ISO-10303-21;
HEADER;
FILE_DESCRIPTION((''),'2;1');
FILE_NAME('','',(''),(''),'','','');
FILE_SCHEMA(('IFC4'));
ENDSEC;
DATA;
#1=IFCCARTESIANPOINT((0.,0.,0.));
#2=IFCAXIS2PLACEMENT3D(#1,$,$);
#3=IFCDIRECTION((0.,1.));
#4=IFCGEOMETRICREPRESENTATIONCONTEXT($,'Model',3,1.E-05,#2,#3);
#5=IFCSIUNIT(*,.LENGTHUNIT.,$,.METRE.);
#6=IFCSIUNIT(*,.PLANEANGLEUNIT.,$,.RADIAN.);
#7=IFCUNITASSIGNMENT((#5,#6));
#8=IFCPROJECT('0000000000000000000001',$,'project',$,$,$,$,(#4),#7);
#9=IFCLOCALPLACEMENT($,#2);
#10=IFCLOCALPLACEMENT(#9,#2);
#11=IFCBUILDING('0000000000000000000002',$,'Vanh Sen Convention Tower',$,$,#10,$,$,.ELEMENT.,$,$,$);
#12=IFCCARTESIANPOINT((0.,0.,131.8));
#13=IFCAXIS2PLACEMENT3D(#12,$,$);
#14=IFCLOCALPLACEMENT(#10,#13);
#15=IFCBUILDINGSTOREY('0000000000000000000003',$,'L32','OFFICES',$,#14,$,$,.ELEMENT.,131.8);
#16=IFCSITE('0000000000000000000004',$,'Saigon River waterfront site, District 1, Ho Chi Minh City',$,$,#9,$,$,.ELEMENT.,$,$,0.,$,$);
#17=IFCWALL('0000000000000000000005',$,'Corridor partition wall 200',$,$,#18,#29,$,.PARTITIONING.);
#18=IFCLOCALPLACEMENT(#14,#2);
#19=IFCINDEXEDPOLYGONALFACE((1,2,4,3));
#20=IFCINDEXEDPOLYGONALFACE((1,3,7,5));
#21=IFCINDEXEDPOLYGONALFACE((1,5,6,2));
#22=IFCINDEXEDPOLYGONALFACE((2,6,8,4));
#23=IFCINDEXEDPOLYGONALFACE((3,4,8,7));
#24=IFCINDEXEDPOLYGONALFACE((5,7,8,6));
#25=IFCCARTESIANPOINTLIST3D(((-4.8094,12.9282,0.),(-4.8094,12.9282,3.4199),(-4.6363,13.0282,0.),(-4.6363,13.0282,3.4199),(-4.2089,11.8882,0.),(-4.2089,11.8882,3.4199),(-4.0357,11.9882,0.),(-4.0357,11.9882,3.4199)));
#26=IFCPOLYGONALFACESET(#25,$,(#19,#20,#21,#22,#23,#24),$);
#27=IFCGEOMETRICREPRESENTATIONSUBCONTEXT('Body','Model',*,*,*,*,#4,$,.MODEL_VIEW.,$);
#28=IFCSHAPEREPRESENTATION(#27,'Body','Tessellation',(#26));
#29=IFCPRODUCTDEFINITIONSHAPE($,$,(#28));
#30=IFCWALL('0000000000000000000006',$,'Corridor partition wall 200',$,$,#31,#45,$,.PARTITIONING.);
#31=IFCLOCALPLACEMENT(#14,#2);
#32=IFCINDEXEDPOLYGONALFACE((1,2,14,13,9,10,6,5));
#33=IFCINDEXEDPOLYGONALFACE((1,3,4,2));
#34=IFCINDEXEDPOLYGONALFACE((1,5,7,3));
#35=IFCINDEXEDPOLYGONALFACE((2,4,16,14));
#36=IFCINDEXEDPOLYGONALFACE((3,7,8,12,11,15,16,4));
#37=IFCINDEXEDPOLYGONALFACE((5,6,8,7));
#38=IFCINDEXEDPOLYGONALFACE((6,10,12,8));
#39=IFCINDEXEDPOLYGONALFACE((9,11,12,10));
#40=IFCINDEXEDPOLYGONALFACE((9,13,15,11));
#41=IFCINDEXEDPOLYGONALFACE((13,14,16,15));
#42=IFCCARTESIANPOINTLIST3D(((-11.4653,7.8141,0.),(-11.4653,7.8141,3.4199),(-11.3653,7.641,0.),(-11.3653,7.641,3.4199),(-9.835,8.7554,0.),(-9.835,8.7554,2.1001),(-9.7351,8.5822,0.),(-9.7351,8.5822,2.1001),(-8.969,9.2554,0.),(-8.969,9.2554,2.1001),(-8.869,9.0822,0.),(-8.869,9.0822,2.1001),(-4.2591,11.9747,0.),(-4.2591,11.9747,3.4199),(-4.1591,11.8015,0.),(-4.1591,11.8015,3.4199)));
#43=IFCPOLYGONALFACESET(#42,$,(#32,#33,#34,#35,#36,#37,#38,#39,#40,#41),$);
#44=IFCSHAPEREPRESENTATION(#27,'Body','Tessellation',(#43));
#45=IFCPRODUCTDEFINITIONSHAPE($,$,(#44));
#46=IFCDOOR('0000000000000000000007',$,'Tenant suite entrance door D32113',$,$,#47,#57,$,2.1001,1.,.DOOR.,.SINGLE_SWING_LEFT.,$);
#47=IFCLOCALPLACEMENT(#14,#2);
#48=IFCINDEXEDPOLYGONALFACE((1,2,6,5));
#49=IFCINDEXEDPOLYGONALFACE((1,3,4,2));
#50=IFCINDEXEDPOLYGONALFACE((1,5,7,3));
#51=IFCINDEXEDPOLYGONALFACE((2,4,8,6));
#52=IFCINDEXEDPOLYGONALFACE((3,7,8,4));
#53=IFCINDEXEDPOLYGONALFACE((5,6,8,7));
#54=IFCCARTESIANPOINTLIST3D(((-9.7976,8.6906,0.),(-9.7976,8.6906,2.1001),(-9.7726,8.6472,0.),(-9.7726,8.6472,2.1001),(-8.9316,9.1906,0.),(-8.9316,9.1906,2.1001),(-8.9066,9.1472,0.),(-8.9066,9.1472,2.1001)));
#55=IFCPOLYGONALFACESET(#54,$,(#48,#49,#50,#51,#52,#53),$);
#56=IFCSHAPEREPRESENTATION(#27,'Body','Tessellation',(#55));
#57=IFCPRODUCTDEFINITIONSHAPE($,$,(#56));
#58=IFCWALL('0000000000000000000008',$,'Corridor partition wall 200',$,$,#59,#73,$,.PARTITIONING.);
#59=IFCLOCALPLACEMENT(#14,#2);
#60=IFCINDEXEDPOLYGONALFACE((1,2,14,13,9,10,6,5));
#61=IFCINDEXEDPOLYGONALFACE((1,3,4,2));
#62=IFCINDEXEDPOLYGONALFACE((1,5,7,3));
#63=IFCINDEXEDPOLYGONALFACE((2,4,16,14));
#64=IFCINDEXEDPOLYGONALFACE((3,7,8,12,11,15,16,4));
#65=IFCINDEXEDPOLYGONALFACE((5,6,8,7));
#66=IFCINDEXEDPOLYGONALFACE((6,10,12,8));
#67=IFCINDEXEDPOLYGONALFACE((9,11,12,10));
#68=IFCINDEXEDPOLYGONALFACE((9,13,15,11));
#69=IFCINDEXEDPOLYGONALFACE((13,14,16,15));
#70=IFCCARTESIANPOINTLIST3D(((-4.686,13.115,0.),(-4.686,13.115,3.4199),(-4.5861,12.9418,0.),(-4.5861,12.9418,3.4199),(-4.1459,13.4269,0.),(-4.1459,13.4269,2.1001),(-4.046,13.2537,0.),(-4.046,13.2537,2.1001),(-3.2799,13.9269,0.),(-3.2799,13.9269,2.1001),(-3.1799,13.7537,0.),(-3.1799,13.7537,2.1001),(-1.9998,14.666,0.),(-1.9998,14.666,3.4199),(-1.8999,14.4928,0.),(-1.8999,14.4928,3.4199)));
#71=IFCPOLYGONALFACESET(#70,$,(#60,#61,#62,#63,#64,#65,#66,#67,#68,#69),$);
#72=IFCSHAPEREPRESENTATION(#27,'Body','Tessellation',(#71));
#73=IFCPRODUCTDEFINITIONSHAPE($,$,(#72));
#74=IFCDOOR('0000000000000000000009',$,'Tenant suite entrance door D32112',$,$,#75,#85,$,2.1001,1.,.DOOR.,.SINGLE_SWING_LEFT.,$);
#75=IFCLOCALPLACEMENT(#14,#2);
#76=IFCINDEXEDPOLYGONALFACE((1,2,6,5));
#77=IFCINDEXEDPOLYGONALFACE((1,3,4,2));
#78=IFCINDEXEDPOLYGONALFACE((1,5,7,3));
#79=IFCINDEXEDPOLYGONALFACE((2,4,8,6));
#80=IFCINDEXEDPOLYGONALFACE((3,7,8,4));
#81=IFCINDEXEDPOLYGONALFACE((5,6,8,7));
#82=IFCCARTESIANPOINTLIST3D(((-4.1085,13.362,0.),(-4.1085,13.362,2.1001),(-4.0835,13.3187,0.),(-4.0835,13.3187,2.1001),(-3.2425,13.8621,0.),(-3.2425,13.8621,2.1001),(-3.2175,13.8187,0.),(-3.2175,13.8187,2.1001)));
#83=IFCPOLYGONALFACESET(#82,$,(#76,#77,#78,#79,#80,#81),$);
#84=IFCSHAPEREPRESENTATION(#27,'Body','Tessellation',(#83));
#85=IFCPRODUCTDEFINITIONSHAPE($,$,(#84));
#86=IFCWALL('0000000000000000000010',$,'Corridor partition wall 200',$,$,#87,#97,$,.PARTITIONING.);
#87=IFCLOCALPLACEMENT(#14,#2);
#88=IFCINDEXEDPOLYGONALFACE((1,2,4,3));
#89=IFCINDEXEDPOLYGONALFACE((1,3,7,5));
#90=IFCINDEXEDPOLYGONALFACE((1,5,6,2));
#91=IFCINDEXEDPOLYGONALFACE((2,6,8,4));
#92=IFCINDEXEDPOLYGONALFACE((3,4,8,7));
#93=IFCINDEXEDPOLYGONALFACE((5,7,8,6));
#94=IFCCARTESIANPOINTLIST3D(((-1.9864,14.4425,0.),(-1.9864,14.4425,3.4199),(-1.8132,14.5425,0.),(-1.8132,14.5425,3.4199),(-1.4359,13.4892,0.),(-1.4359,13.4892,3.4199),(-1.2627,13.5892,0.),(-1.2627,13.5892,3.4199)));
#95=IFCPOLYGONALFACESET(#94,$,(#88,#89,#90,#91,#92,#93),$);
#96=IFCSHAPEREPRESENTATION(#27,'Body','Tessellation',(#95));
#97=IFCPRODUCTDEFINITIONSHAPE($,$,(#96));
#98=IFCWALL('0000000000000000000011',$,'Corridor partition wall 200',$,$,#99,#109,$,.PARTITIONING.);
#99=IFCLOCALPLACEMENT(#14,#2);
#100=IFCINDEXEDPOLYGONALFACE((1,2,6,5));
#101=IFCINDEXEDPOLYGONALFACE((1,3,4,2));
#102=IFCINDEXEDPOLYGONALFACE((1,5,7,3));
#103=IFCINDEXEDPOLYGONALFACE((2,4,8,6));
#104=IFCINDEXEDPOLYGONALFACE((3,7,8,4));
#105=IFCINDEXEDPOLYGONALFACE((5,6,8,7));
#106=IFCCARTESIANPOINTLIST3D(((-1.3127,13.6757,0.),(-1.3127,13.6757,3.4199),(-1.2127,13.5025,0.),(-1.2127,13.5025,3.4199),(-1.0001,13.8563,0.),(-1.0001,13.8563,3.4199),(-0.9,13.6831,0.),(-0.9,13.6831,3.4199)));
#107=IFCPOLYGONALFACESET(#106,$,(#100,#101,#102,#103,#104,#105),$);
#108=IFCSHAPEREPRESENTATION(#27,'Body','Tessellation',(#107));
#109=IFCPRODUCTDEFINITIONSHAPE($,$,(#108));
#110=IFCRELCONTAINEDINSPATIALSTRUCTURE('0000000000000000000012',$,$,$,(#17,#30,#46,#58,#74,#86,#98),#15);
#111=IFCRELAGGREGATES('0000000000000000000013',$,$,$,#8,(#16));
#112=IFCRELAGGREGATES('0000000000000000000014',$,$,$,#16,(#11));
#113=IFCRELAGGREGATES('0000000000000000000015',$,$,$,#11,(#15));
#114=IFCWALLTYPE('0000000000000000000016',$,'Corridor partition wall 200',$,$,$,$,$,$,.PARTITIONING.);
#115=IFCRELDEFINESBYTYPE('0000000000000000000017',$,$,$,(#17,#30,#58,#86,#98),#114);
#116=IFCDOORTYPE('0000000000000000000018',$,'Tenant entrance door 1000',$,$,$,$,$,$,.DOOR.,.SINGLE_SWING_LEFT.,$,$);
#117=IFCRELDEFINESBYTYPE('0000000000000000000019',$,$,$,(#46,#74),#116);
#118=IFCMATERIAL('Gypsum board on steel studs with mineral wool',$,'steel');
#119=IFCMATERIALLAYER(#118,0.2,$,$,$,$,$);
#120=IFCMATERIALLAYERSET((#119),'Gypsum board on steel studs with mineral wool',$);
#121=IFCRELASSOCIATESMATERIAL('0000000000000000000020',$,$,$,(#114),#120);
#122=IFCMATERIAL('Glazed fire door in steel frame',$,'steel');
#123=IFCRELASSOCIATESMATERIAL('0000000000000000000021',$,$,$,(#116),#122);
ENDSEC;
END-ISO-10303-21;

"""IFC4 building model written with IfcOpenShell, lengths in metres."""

from ifc_helpers import new_model, si_unit, direction, frame, frame_2d, origin, place, context, subcontext, project, spatial, rectangle, extrude, material, layer, layer_set, type_object, element, fill, save


model = new_model("IFC4")

# Units and contexts
model_context = context("Model", 3, precision=1e-05, world=origin(), true_north=direction((0.0, 1.0)))
body_context = subcontext(model_context, "Body", "Model", "MODEL_VIEW")
ifc_project = project(units=[si_unit("LENGTHUNIT", "METRE"), si_unit("PLANEANGLEUNIT", "RADIAN")], contexts=[model_context])

# Site, building, storey
site_placement = place(None, origin())
site = spatial("IfcSite", under=ifc_project, at=site_placement, Name="Saigon River waterfront site, District 1, Ho Chi Minh City", CompositionType="ELEMENT", RefElevation=0.0)
building_placement = place(site_placement, origin())
building = spatial("IfcBuilding", under=site, at=building_placement, Name="Vanh Sen Convention Tower", CompositionType="ELEMENT")
storey_placement = place(building_placement, frame((0.0, 0.0, 131.8)))
storey = spatial("IfcBuildingStorey", under=building, at=storey_placement, Name="L32", Description="OFFICES", CompositionType="ELEMENT", Elevation=131.8)

# Wall
ifc_material_1 = material(Name="Gypsum board on steel studs with mineral wool", Category="steel")
ifc_layer_1 = layer(ifc_material_1, 0.2)
ifc_layer_set_1 = layer_set([ifc_layer_1], Name="Gypsum board on steel studs with mineral wool")
wall_type_1 = type_object("IfcWallType", Name="Corridor partition wall 200", PredefinedType="PARTITIONING", material=ifc_layer_set_1)
wall_1_placement = place(storey_placement, frame((-4.7229, 12.9783, 0.0), z_axis=(0.0, 0.0, 1.0), x_axis=(0.500074, -0.865982, 0.0)))
element("IfcWall", 1, at=wall_1_placement, inside=storey, type_object=wall_type_1, Name="Corridor partition wall 200", PredefinedType="PARTITIONING", context=body_context, shape_type="SweptSolid", body=[
    extrude(rectangle(XDim=1.2009, YDim=0.2, at=frame_2d((0.6006, 0.0))), origin(), (0.0, 0.0, 1.0), 3.4199),
])

# Walls, openings, doors
wall_2_placement = place(storey_placement, frame((-4.209, 11.8882, 0.0), z_axis=(0.0, 0.0, 1.0), x_axis=(-0.866021, -0.500008, 0.0)))
wall_2 = element("IfcWall", 2, at=wall_2_placement, inside=storey, type_object=wall_type_1, Name="Corridor partition wall 200", PredefinedType="PARTITIONING", context=body_context, shape_type="SweptSolid", body=[
    extrude(rectangle(XDim=8.321, YDim=0.2, at=frame_2d((4.1606, 0.0))), origin(), (0.0, 0.0, 1.0), 3.4199),
])
opening_1_placement = place(wall_2_placement, frame((5.4387, 0.0, 0.0)))
opening_1 = element("IfcOpeningElement", 3, at=opening_1_placement, cuts=wall_2, PredefinedType="OPENING", context=body_context, shape_type="SweptSolid", body=[
    extrude(rectangle(XDim=1.0, YDim=2.1001, at=frame_2d((0.5, 1.05))), frame((0.0, 0.1099, 0.0), z_axis=(0.0, -1.0, 0.0), x_axis=(1.0, 0.0, 0.0)), (0.0, 0.0, 1.0), 0.22),
])
ifc_material_2 = material(Name="Glazed fire door in steel frame", Category="steel")
door_type = type_object("IfcDoorType", Name="Tenant entrance door 1000", OperationType="SINGLE_SWING_LEFT", PredefinedType="DOOR", material=ifc_material_2)
door_1_placement = place(opening_1_placement, origin())
door_1 = element("IfcDoor", 4, at=door_1_placement, inside=storey, type_object=door_type, Name="Tenant suite entrance door D32113", OperationType="SINGLE_SWING_LEFT", OverallHeight=2.1001, OverallWidth=1.0, PredefinedType="DOOR", context=body_context, shape_type="SweptSolid", body=[
    extrude(rectangle(XDim=1.0, YDim=2.1001, at=frame_2d((0.5, 1.05))), frame((0.0, 0.0249, 0.0), z_axis=(0.0, -1.0, 0.0), x_axis=(1.0, 0.0, 0.0)), (0.0, 0.0, 1.0), 0.05),
])
fill(opening_1, door_1)
wall_3_placement = place(storey_placement, frame((-1.95, 14.5793, 0.0), z_axis=(0.0, 0.0, 1.0), x_axis=(-0.866011, -0.500024, 0.0)))
wall_3 = element("IfcWall", 5, at=wall_3_placement, inside=storey, type_object=wall_type_1, Name="Corridor partition wall 200", PredefinedType="PARTITIONING", context=body_context, shape_type="SweptSolid", body=[
    extrude(rectangle(XDim=3.1018, YDim=0.2, at=frame_2d((1.5508, 0.0))), origin(), (0.0, 0.0, 1.0), 3.4199),
])
opening_2_placement = place(wall_3_placement, frame((1.478, 0.0, 0.0)))
opening_2 = element("IfcOpeningElement", 6, at=opening_2_placement, cuts=wall_3, PredefinedType="OPENING", context=body_context, shape_type="SweptSolid", body=[
    extrude(rectangle(XDim=1.0, YDim=2.1001, at=frame_2d((0.5, 1.05))), frame((0.0, 0.1099, 0.0), z_axis=(0.0, -1.0, 0.0), x_axis=(1.0, 0.0, 0.0)), (0.0, 0.0, 1.0), 0.22),
])
door_2_placement = place(opening_2_placement, origin())
door_2 = element("IfcDoor", 7, at=door_2_placement, inside=storey, type_object=door_type, Name="Tenant suite entrance door D32112", OperationType="SINGLE_SWING_LEFT", OverallHeight=2.1001, OverallWidth=1.0, PredefinedType="DOOR", context=body_context, shape_type="SweptSolid", body=[
    extrude(rectangle(XDim=1.0, YDim=2.1001, at=frame_2d((0.5, 1.05))), frame((0.0, 0.0249, 0.0), z_axis=(0.0, -1.0, 0.0), x_axis=(1.0, 0.0, 0.0)), (0.0, 0.0, 1.0), 0.05),
])
fill(opening_2, door_2)

# Walls
wall_4_placement = place(storey_placement, frame((-1.3494, 13.5393, 0.0), z_axis=(0.0, 0.0, 1.0), x_axis=(-0.500074, 0.865982, 0.0)))
element("IfcWall", 8, at=wall_4_placement, inside=storey, type_object=wall_type_1, Name="Corridor partition wall 200", PredefinedType="PARTITIONING", context=body_context, shape_type="SweptSolid", body=[
    extrude(rectangle(XDim=1.1008, YDim=0.2, at=frame_2d((0.5503, 0.0))), origin(), (0.0, 0.0, 1.0), 3.4199),
])
wall_5_placement = place(storey_placement, frame((-0.95, 13.7698, 0.0), z_axis=(0.0, 0.0, 1.0), x_axis=(-0.865904, -0.50021, 0.0)))
element("IfcWall", 9, at=wall_5_placement, inside=storey, type_object=wall_type_1, Name="Corridor partition wall 200", PredefinedType="PARTITIONING", context=body_context, shape_type="SweptSolid", body=[
    extrude(rectangle(XDim=0.3611, YDim=0.2, at=frame_2d((0.1807, 0.0))), origin(), (0.0, 0.0, 1.0), 3.4199),
])

save(model, "model.ifc")
